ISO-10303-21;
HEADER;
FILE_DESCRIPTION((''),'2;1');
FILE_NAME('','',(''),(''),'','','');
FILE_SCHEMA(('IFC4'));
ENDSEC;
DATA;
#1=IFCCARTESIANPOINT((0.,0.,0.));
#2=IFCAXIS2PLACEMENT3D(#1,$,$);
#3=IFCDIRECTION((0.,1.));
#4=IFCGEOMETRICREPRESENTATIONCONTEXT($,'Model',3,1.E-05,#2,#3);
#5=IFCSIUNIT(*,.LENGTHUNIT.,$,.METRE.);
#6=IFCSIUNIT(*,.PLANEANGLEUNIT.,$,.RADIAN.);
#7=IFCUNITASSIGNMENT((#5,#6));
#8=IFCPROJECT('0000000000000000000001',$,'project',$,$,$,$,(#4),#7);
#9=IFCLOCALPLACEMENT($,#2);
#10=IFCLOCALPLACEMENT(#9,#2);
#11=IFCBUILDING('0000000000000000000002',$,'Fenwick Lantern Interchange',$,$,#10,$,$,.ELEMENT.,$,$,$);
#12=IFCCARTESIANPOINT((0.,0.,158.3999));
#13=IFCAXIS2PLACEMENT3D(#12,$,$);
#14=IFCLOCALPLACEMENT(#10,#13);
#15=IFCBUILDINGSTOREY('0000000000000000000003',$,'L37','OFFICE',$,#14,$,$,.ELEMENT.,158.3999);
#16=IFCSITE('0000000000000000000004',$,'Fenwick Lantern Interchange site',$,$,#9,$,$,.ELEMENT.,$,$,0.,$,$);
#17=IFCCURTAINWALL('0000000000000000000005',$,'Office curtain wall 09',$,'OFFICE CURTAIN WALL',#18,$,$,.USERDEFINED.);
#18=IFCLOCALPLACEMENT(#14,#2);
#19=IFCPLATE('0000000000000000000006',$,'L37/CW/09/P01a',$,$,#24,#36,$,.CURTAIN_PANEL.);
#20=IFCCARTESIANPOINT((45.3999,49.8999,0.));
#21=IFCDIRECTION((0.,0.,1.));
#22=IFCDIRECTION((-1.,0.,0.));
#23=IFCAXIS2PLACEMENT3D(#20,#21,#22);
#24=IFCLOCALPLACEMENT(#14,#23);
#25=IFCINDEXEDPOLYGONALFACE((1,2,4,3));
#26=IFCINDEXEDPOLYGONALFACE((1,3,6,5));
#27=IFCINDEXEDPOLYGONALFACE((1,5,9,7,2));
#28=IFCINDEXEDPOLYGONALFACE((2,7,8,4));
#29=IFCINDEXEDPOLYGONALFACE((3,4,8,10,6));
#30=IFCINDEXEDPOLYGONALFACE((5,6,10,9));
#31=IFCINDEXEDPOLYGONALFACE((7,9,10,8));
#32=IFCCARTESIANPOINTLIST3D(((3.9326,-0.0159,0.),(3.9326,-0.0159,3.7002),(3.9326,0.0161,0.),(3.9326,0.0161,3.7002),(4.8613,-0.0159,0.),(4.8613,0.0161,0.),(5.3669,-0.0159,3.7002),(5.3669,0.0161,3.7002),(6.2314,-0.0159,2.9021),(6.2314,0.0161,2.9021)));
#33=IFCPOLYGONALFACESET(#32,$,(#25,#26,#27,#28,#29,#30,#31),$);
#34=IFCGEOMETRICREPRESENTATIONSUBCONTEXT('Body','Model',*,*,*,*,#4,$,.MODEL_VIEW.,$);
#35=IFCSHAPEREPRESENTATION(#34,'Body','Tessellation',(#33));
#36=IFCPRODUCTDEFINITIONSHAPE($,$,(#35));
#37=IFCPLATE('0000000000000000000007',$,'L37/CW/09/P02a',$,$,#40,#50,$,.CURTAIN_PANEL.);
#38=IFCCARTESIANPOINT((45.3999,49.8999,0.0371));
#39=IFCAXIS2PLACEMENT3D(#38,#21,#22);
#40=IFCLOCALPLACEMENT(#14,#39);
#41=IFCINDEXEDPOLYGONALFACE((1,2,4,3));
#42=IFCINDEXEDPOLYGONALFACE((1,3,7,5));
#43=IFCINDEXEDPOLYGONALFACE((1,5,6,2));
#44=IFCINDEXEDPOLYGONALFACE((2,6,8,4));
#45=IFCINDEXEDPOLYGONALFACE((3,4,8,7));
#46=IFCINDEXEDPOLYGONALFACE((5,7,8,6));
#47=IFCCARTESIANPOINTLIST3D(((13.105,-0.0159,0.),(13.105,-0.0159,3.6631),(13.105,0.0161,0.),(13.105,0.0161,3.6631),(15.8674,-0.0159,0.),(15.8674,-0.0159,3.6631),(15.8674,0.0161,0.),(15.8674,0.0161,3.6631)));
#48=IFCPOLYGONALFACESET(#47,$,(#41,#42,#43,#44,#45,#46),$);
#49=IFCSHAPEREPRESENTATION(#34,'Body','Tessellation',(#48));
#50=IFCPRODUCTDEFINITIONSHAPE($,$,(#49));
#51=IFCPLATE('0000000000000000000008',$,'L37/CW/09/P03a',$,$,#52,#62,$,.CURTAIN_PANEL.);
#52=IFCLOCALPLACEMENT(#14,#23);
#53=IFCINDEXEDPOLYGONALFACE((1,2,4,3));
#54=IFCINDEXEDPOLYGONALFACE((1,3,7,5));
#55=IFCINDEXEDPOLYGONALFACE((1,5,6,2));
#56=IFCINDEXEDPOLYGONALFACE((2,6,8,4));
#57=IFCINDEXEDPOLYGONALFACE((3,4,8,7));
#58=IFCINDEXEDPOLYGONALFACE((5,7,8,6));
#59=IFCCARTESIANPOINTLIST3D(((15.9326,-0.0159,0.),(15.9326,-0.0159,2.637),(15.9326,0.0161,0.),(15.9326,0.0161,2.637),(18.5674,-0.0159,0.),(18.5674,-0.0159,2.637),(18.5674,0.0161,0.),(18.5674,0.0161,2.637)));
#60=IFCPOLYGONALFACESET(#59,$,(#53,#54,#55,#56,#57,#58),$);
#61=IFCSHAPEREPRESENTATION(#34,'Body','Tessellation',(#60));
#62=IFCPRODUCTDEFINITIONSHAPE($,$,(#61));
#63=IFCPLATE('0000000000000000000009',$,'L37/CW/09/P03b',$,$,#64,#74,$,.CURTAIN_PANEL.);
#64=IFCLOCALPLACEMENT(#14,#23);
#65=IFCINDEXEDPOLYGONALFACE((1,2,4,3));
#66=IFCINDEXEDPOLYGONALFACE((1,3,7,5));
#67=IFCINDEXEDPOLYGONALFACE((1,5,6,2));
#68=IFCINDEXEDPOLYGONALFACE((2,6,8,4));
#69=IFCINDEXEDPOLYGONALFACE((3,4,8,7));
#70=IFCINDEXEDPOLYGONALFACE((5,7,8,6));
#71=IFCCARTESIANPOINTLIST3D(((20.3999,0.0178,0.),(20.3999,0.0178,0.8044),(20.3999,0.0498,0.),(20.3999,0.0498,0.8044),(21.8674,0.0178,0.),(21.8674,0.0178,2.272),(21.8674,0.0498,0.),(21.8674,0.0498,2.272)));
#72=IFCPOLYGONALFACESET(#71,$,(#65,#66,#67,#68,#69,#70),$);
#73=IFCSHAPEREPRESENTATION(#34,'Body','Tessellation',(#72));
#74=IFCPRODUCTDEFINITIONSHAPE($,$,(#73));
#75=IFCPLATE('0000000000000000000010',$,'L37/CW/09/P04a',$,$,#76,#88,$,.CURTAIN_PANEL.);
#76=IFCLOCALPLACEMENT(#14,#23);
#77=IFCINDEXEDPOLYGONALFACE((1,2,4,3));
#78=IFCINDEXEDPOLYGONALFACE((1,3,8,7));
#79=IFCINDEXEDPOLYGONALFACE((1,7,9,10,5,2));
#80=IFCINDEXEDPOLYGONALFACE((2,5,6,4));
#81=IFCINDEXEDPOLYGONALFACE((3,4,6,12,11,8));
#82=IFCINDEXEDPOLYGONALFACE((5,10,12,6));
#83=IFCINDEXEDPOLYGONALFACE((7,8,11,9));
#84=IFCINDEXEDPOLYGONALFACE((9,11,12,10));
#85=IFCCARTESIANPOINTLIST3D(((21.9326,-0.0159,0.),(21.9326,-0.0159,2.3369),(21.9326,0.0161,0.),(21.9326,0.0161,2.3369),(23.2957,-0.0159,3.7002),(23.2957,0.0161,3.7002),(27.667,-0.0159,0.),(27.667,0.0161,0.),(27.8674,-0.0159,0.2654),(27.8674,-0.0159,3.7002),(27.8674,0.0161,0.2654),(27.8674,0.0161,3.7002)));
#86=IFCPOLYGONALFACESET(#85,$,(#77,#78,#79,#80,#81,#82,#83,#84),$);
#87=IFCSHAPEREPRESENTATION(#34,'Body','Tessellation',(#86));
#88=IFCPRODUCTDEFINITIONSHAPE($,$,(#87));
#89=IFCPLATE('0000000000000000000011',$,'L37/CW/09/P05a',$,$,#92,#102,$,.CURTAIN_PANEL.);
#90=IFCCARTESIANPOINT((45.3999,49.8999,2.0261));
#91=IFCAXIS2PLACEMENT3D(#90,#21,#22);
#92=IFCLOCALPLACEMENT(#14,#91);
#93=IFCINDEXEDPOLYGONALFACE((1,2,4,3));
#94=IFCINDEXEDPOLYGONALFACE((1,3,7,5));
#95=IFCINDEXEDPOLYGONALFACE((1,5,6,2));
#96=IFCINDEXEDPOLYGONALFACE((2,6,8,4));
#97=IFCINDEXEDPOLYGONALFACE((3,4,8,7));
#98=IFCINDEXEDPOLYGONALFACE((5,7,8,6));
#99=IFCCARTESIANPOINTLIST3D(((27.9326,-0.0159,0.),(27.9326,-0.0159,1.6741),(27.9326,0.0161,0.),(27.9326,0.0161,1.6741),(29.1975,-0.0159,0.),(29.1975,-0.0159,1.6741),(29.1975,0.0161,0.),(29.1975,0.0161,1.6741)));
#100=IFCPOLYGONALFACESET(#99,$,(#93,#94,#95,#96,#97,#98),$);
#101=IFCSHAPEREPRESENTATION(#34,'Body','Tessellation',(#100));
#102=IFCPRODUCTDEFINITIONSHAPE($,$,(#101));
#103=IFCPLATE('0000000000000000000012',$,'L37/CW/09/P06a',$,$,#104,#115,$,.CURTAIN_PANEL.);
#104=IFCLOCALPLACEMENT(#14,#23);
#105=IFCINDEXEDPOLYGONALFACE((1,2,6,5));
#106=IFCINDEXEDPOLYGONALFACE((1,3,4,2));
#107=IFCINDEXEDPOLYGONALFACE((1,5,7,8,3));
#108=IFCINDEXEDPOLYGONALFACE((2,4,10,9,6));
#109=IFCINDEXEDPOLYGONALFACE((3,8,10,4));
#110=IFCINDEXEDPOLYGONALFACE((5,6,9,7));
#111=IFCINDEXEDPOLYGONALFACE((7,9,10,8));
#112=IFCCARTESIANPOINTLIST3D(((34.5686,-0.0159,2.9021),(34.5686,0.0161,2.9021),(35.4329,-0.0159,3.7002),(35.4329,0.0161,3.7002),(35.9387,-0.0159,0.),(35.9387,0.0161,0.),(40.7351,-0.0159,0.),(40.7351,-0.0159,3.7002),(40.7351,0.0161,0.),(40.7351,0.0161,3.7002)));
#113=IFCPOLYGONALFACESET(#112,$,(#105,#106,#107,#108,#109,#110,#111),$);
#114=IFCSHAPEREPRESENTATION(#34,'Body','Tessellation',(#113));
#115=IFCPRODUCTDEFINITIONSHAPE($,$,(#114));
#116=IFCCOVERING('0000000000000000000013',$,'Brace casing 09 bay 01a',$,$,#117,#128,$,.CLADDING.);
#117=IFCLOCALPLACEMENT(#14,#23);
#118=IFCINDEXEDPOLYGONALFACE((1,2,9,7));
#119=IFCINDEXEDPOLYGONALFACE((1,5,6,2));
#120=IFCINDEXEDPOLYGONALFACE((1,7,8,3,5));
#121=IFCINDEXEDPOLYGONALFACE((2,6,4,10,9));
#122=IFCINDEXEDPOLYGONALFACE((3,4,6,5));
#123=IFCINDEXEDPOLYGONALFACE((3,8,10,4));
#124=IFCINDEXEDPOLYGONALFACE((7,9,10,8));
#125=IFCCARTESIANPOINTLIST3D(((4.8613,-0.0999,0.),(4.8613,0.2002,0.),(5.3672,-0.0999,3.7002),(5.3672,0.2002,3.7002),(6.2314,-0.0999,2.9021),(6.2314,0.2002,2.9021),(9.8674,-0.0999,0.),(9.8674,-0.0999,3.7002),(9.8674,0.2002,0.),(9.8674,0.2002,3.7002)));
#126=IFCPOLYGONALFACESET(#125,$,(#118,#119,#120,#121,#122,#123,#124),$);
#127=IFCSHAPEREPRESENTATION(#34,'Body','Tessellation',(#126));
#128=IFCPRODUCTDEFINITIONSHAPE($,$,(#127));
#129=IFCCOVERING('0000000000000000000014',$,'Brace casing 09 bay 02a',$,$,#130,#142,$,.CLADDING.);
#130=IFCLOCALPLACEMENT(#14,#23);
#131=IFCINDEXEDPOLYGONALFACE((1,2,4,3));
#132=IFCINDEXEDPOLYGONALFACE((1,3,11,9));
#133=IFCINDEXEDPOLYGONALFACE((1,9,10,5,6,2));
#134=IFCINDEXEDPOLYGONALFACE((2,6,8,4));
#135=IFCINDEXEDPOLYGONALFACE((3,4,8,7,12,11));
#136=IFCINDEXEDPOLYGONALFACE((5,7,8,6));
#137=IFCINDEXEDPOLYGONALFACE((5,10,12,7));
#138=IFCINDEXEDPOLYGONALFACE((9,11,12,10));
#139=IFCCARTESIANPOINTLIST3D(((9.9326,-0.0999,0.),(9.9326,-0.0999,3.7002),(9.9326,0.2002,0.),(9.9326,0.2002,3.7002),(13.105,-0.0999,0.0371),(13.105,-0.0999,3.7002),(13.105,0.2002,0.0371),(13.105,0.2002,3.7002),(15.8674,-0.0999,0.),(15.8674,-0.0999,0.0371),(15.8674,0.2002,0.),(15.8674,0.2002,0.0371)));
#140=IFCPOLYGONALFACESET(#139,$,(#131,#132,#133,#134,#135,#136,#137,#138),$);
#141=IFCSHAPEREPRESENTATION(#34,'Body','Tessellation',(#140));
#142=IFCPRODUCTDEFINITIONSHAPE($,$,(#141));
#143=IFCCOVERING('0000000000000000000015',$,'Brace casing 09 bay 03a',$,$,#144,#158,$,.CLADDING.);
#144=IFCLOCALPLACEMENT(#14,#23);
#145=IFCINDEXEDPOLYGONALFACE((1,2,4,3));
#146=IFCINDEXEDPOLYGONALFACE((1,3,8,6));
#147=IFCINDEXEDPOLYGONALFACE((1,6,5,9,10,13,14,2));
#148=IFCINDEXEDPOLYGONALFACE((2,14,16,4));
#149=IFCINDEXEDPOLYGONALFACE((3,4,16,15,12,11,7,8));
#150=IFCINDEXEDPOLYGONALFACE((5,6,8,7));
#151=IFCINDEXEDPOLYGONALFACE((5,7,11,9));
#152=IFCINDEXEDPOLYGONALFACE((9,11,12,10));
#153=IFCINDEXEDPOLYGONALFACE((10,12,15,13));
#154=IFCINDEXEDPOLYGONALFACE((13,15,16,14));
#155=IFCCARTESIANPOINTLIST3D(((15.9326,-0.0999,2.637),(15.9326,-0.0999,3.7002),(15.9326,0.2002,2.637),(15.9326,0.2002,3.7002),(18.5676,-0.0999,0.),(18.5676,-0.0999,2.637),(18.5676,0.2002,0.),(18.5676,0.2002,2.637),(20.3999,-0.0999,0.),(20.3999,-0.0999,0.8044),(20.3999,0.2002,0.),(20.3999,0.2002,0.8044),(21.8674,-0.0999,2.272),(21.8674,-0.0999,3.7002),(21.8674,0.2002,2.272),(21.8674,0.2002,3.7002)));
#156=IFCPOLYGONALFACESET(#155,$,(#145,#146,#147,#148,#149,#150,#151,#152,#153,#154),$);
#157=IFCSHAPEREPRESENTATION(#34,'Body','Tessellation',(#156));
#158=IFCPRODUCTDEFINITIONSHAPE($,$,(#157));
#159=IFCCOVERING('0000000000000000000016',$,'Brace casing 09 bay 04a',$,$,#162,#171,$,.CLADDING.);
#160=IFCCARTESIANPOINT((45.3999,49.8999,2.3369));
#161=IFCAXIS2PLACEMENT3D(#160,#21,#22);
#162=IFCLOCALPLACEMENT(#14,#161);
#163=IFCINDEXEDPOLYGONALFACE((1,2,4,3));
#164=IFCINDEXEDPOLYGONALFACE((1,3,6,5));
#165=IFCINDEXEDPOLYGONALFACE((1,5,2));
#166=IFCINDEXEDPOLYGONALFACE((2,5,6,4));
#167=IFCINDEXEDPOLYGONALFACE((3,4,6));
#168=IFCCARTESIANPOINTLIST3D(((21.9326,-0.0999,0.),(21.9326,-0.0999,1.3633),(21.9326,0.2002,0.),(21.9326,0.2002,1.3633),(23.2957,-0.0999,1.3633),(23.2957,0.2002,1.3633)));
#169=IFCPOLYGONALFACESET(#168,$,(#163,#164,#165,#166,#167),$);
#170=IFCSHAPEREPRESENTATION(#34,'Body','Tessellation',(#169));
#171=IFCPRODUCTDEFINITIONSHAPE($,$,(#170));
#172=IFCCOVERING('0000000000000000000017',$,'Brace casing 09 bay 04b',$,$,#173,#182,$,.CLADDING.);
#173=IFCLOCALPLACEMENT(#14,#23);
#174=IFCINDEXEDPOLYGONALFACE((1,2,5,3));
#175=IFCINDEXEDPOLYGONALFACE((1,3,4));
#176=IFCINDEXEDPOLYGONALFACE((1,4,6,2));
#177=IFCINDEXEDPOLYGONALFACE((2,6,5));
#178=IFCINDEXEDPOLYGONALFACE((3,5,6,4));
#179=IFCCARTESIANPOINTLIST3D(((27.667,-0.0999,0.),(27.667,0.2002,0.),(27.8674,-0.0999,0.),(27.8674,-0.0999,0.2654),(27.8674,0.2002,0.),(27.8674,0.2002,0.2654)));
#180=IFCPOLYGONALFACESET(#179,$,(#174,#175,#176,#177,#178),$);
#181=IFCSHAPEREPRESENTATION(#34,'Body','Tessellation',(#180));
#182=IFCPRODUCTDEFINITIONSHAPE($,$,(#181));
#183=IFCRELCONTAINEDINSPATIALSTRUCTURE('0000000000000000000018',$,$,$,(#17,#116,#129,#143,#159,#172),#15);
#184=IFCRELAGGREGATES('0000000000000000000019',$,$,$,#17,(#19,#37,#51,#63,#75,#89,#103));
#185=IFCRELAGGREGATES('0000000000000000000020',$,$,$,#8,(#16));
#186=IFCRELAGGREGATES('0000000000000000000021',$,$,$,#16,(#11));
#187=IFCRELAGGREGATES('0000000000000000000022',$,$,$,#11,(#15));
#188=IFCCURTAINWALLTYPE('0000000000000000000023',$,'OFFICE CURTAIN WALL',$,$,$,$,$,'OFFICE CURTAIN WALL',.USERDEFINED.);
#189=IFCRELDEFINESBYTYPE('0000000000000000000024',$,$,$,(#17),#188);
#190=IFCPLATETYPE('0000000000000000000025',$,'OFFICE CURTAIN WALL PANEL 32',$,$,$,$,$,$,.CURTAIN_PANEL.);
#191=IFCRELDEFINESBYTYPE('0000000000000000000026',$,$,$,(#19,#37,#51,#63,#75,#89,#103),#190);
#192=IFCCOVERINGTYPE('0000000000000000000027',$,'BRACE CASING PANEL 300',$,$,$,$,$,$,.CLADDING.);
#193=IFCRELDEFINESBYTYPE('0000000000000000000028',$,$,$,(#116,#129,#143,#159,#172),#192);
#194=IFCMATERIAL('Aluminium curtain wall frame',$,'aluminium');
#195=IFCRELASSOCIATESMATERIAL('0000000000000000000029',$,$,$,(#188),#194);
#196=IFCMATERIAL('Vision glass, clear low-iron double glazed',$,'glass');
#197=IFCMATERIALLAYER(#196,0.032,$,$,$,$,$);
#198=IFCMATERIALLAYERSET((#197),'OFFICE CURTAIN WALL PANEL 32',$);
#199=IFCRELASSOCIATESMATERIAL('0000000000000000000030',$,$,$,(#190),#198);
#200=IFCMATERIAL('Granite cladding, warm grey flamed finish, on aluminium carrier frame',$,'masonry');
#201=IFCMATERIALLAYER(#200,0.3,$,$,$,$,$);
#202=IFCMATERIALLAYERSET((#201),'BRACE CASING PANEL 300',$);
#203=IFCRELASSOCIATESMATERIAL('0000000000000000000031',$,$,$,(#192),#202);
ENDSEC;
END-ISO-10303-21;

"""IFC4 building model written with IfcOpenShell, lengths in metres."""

from ifc_helpers import new_model, si_unit, direction, frame, origin, place, context, subcontext, project, spatial, polyline, outline, extrude, material, layer, layer_set, type_object, element, aggregate, save


model = new_model("IFC4")

# Units and contexts
model_context = context("Model", 3, precision=1e-05, world=origin(), true_north=direction((0.0, 1.0)))
body_context = subcontext(model_context, "Body", "Model", "MODEL_VIEW")
ifc_project = project(units=[si_unit("LENGTHUNIT", "METRE"), si_unit("PLANEANGLEUNIT", "RADIAN")], contexts=[model_context])

# Site, building, storey
site_placement = place(None, origin())
site = spatial("IfcSite", under=ifc_project, at=site_placement, Name="Fenwick Lantern Interchange site", CompositionType="ELEMENT", RefElevation=0.0)
building_placement = place(site_placement, origin())
building = spatial("IfcBuilding", under=site, at=building_placement, Name="Fenwick Lantern Interchange", CompositionType="ELEMENT")
storey_placement = place(building_placement, frame((0.0, 0.0, 158.3999)))
storey = spatial("IfcBuildingStorey", under=building, at=storey_placement, Name="L37", Description="OFFICE", CompositionType="ELEMENT", Elevation=158.3999)

# Curtain wall
ifc_material_1 = material(Name="Aluminium curtain wall frame", Category="aluminium")
curtain_wall_type = type_object("IfcCurtainWallType", Name="OFFICE CURTAIN WALL", ElementType="OFFICE CURTAIN WALL", PredefinedType="USERDEFINED", material=ifc_material_1)
curtain_wall_1_placement = place(storey_placement, origin())
curtain_wall_1 = element("IfcCurtainWall", 1, at=curtain_wall_1_placement, inside=storey, type_object=curtain_wall_type, Name="Office curtain wall 09", ObjectType="OFFICE CURTAIN WALL", PredefinedType="USERDEFINED")

# Plates
ifc_material_2 = material(Name="Vision glass, clear low-iron double glazed", Category="glass")
ifc_layer_1 = layer(ifc_material_2, 0.032)
ifc_layer_set_1 = layer_set([ifc_layer_1], Name="OFFICE CURTAIN WALL PANEL 32")
plate_type = type_object("IfcPlateType", Name="OFFICE CURTAIN WALL PANEL 32", PredefinedType="CURTAIN_PANEL", material=ifc_layer_set_1)
plate_1_placement = place(storey_placement, frame((45.3999, 49.8999, 0.0), z_axis=(0.0, 0.0, 1.0), x_axis=(-1.0, 0.0, 0.0)))
plate_1 = element("IfcPlate", 2, at=plate_1_placement, type_object=plate_type, Name="L37/CW/09/P01a", PredefinedType="CURTAIN_PANEL", context=body_context, shape_type="SweptSolid", body=[
    extrude(outline(polyline([(3.9326, 0.0), (4.8613, 0.0), (6.2314, 2.9021), (5.3669, 3.7002), (3.9326, 3.7002), (3.9326, 0.0)])), frame((0.0, 0.0161, 0.0), z_axis=(0.0, -1.0, 0.0), x_axis=(1.0, 0.0, 0.0)), (0.0, 0.0, 1.0), 0.032),
])
plate_2_placement = place(storey_placement, frame((45.3999, 49.8999, 0.0371), z_axis=(0.0, 0.0, 1.0), x_axis=(-1.0, 0.0, 0.0)))
plate_2 = element("IfcPlate", 3, at=plate_2_placement, type_object=plate_type, Name="L37/CW/09/P02a", PredefinedType="CURTAIN_PANEL", context=body_context, shape_type="SweptSolid", body=[
    extrude(outline(polyline([(13.105, 0.0), (15.8674, 0.0), (15.8674, 3.6631), (13.105, 3.6631), (13.105, 0.0)])), frame((0.0, 0.0161, 0.0), z_axis=(0.0, -1.0, 0.0), x_axis=(1.0, 0.0, 0.0)), (0.0, 0.0, 1.0), 0.032),
])
plate_3_placement = place(storey_placement, frame((45.3999, 49.8999, 0.0), z_axis=(0.0, 0.0, 1.0), x_axis=(-1.0, 0.0, 0.0)))
plate_3 = element("IfcPlate", 4, at=plate_3_placement, type_object=plate_type, Name="L37/CW/09/P03a", PredefinedType="CURTAIN_PANEL", context=body_context, shape_type="SweptSolid", body=[
    extrude(outline(polyline([(15.9326, 0.0), (18.5674, 0.0), (18.5674, 2.637), (15.9326, 2.637), (15.9326, 0.0)])), frame((0.0, 0.0161, 0.0), z_axis=(0.0, -1.0, 0.0), x_axis=(1.0, 0.0, 0.0)), (0.0, 0.0, 1.0), 0.032),
])
plate_4_placement = place(storey_placement, frame((45.3999, 49.8999, 0.0), z_axis=(0.0, 0.0, 1.0), x_axis=(-1.0, 0.0, 0.0)))
plate_4 = element("IfcPlate", 5, at=plate_4_placement, type_object=plate_type, Name="L37/CW/09/P03b", PredefinedType="CURTAIN_PANEL", context=body_context, shape_type="SweptSolid", body=[
    extrude(outline(polyline([(20.3999, 0.0), (21.8674, 0.0), (21.8674, 2.272), (20.3999, 0.8044), (20.3999, 0.0)])), frame((0.0, 0.0498, 0.0), z_axis=(0.0, -1.0, 0.0), x_axis=(1.0, 0.0, 0.0)), (0.0, 0.0, 1.0), 0.032),
])
plate_5_placement = place(storey_placement, frame((45.3999, 49.8999, 0.0), z_axis=(0.0, 0.0, 1.0), x_axis=(-1.0, 0.0, 0.0)))
plate_5 = element("IfcPlate", 6, at=plate_5_placement, type_object=plate_type, Name="L37/CW/09/P04a", PredefinedType="CURTAIN_PANEL", context=body_context, shape_type="SweptSolid", body=[
    extrude(outline(polyline([(21.9326, 0.0), (27.667, 0.0), (27.8674, 0.2654), (27.8674, 3.7002), (23.2957, 3.7002), (21.9326, 2.3369), (21.9326, 0.0)])), frame((0.0, 0.0161, 0.0), z_axis=(0.0, -1.0, 0.0), x_axis=(1.0, 0.0, 0.0)), (0.0, 0.0, 1.0), 0.032),
])
plate_6_placement = place(storey_placement, frame((45.3999, 49.8999, 2.0261), z_axis=(0.0, 0.0, 1.0), x_axis=(-1.0, 0.0, 0.0)))
plate_6 = element("IfcPlate", 7, at=plate_6_placement, type_object=plate_type, Name="L37/CW/09/P05a", PredefinedType="CURTAIN_PANEL", context=body_context, shape_type="SweptSolid", body=[
    extrude(outline(polyline([(27.9326, 0.0), (29.1975, 0.0), (29.1975, 1.6741), (27.9326, 1.6741), (27.9326, 0.0)])), frame((0.0, 0.0161, 0.0), z_axis=(0.0, -1.0, 0.0), x_axis=(1.0, 0.0, 0.0)), (0.0, 0.0, 1.0), 0.032),
])
plate_7_placement = place(storey_placement, frame((45.3999, 49.8999, 0.0), z_axis=(0.0, 0.0, 1.0), x_axis=(-1.0, 0.0, 0.0)))
plate_7 = element("IfcPlate", 8, at=plate_7_placement, type_object=plate_type, Name="L37/CW/09/P06a", PredefinedType="CURTAIN_PANEL", context=body_context, shape_type="SweptSolid", body=[
    extrude(outline(polyline([(35.9387, 0.0), (40.7351, 0.0), (40.7351, 3.7002), (35.4329, 3.7002), (34.5686, 2.9021), (35.9387, 0.0)])), frame((0.0, 0.0161, 0.0), z_axis=(0.0, -1.0, 0.0), x_axis=(1.0, 0.0, 0.0)), (0.0, 0.0, 1.0), 0.032),
])
aggregate(curtain_wall_1, [plate_1, plate_2, plate_3, plate_4, plate_5, plate_6, plate_7])

# Coverings
ifc_material_3 = material(Name="Granite cladding, warm grey flamed finish, on aluminium carrier frame", Category="masonry")
ifc_layer_2 = layer(ifc_material_3, 0.3)
ifc_layer_set_2 = layer_set([ifc_layer_2], Name="BRACE CASING PANEL 300")
covering_type = type_object("IfcCoveringType", Name="BRACE CASING PANEL 300", PredefinedType="CLADDING", material=ifc_layer_set_2)
covering_1_placement = place(storey_placement, frame((45.3999, 49.8999, 0.0), z_axis=(0.0, 0.0, 1.0), x_axis=(-1.0, 0.0, 0.0)))
element("IfcCovering", 9, at=covering_1_placement, inside=storey, type_object=covering_type, Name="Brace casing 09 bay 01a", PredefinedType="CLADDING", context=body_context, shape_type="SweptSolid", body=[
    extrude(outline(polyline([(4.8613, 0.0), (9.8674, 0.0), (9.8674, 3.7002), (5.3672, 3.7002), (6.2314, 2.9021), (4.8613, 0.0)])), frame((0.0, 0.2002, 0.0), z_axis=(0.0, -1.0, 0.0), x_axis=(1.0, 0.0, 0.0)), (0.0, 0.0, 1.0), 0.3),
])
covering_2_placement = place(storey_placement, frame((45.3999, 49.8999, 0.0), z_axis=(0.0, 0.0, 1.0), x_axis=(-1.0, 0.0, 0.0)))
element("IfcCovering", 10, at=covering_2_placement, inside=storey, type_object=covering_type, Name="Brace casing 09 bay 02a", PredefinedType="CLADDING", context=body_context, shape_type="SweptSolid", body=[
    extrude(outline(polyline([(9.9326, 0.0), (15.8674, 0.0), (15.8674, 0.0371), (13.105, 0.0371), (13.105, 3.7002), (9.9326, 3.7002), (9.9326, 0.0)])), frame((0.0, 0.2002, 0.0), z_axis=(0.0, -1.0, 0.0), x_axis=(1.0, 0.0, 0.0)), (0.0, 0.0, 1.0), 0.3),
])
covering_3_placement = place(storey_placement, frame((45.3999, 49.8999, 0.0), z_axis=(0.0, 0.0, 1.0), x_axis=(-1.0, 0.0, 0.0)))
element("IfcCovering", 11, at=covering_3_placement, inside=storey, type_object=covering_type, Name="Brace casing 09 bay 03a", PredefinedType="CLADDING", context=body_context, shape_type="SweptSolid", body=[
    extrude(outline(polyline([(18.5676, 0.0), (20.3999, 0.0), (20.3999, 0.8044), (21.8674, 2.272), (21.8674, 3.7002), (15.9326, 3.7002), (15.9326, 2.637), (18.5676, 2.637), (18.5676, 0.0)])), frame((0.0, 0.2002, 0.0), z_axis=(0.0, -1.0, 0.0), x_axis=(1.0, 0.0, 0.0)), (0.0, 0.0, 1.0), 0.3),
])
covering_4_placement = place(storey_placement, frame((45.3999, 49.8999, 2.3369), z_axis=(0.0, 0.0, 1.0), x_axis=(-1.0, 0.0, 0.0)))
element("IfcCovering", 12, at=covering_4_placement, inside=storey, type_object=covering_type, Name="Brace casing 09 bay 04a", PredefinedType="CLADDING", context=body_context, shape_type="SweptSolid", body=[
    extrude(outline(polyline([(21.9326, 0.0), (23.2957, 1.3633), (21.9326, 1.3633), (21.9326, 0.0)])), frame((0.0, 0.2002, 0.0), z_axis=(0.0, -1.0, 0.0), x_axis=(1.0, 0.0, 0.0)), (0.0, 0.0, 1.0), 0.3),
])
covering_5_placement = place(storey_placement, frame((45.3999, 49.8999, 0.0), z_axis=(0.0, 0.0, 1.0), x_axis=(-1.0, 0.0, 0.0)))
element("IfcCovering", 13, at=covering_5_placement, inside=storey, type_object=covering_type, Name="Brace casing 09 bay 04b", PredefinedType="CLADDING", context=body_context, shape_type="SweptSolid", body=[
    extrude(outline(polyline([(27.667, 0.0), (27.8674, 0.0), (27.8674, 0.2654), (27.667, 0.0)])), frame((0.0, 0.2002, 0.0), z_axis=(0.0, -1.0, 0.0), x_axis=(1.0, 0.0, 0.0)), (0.0, 0.0, 1.0), 0.3),
])

save(model, "model.ifc")
